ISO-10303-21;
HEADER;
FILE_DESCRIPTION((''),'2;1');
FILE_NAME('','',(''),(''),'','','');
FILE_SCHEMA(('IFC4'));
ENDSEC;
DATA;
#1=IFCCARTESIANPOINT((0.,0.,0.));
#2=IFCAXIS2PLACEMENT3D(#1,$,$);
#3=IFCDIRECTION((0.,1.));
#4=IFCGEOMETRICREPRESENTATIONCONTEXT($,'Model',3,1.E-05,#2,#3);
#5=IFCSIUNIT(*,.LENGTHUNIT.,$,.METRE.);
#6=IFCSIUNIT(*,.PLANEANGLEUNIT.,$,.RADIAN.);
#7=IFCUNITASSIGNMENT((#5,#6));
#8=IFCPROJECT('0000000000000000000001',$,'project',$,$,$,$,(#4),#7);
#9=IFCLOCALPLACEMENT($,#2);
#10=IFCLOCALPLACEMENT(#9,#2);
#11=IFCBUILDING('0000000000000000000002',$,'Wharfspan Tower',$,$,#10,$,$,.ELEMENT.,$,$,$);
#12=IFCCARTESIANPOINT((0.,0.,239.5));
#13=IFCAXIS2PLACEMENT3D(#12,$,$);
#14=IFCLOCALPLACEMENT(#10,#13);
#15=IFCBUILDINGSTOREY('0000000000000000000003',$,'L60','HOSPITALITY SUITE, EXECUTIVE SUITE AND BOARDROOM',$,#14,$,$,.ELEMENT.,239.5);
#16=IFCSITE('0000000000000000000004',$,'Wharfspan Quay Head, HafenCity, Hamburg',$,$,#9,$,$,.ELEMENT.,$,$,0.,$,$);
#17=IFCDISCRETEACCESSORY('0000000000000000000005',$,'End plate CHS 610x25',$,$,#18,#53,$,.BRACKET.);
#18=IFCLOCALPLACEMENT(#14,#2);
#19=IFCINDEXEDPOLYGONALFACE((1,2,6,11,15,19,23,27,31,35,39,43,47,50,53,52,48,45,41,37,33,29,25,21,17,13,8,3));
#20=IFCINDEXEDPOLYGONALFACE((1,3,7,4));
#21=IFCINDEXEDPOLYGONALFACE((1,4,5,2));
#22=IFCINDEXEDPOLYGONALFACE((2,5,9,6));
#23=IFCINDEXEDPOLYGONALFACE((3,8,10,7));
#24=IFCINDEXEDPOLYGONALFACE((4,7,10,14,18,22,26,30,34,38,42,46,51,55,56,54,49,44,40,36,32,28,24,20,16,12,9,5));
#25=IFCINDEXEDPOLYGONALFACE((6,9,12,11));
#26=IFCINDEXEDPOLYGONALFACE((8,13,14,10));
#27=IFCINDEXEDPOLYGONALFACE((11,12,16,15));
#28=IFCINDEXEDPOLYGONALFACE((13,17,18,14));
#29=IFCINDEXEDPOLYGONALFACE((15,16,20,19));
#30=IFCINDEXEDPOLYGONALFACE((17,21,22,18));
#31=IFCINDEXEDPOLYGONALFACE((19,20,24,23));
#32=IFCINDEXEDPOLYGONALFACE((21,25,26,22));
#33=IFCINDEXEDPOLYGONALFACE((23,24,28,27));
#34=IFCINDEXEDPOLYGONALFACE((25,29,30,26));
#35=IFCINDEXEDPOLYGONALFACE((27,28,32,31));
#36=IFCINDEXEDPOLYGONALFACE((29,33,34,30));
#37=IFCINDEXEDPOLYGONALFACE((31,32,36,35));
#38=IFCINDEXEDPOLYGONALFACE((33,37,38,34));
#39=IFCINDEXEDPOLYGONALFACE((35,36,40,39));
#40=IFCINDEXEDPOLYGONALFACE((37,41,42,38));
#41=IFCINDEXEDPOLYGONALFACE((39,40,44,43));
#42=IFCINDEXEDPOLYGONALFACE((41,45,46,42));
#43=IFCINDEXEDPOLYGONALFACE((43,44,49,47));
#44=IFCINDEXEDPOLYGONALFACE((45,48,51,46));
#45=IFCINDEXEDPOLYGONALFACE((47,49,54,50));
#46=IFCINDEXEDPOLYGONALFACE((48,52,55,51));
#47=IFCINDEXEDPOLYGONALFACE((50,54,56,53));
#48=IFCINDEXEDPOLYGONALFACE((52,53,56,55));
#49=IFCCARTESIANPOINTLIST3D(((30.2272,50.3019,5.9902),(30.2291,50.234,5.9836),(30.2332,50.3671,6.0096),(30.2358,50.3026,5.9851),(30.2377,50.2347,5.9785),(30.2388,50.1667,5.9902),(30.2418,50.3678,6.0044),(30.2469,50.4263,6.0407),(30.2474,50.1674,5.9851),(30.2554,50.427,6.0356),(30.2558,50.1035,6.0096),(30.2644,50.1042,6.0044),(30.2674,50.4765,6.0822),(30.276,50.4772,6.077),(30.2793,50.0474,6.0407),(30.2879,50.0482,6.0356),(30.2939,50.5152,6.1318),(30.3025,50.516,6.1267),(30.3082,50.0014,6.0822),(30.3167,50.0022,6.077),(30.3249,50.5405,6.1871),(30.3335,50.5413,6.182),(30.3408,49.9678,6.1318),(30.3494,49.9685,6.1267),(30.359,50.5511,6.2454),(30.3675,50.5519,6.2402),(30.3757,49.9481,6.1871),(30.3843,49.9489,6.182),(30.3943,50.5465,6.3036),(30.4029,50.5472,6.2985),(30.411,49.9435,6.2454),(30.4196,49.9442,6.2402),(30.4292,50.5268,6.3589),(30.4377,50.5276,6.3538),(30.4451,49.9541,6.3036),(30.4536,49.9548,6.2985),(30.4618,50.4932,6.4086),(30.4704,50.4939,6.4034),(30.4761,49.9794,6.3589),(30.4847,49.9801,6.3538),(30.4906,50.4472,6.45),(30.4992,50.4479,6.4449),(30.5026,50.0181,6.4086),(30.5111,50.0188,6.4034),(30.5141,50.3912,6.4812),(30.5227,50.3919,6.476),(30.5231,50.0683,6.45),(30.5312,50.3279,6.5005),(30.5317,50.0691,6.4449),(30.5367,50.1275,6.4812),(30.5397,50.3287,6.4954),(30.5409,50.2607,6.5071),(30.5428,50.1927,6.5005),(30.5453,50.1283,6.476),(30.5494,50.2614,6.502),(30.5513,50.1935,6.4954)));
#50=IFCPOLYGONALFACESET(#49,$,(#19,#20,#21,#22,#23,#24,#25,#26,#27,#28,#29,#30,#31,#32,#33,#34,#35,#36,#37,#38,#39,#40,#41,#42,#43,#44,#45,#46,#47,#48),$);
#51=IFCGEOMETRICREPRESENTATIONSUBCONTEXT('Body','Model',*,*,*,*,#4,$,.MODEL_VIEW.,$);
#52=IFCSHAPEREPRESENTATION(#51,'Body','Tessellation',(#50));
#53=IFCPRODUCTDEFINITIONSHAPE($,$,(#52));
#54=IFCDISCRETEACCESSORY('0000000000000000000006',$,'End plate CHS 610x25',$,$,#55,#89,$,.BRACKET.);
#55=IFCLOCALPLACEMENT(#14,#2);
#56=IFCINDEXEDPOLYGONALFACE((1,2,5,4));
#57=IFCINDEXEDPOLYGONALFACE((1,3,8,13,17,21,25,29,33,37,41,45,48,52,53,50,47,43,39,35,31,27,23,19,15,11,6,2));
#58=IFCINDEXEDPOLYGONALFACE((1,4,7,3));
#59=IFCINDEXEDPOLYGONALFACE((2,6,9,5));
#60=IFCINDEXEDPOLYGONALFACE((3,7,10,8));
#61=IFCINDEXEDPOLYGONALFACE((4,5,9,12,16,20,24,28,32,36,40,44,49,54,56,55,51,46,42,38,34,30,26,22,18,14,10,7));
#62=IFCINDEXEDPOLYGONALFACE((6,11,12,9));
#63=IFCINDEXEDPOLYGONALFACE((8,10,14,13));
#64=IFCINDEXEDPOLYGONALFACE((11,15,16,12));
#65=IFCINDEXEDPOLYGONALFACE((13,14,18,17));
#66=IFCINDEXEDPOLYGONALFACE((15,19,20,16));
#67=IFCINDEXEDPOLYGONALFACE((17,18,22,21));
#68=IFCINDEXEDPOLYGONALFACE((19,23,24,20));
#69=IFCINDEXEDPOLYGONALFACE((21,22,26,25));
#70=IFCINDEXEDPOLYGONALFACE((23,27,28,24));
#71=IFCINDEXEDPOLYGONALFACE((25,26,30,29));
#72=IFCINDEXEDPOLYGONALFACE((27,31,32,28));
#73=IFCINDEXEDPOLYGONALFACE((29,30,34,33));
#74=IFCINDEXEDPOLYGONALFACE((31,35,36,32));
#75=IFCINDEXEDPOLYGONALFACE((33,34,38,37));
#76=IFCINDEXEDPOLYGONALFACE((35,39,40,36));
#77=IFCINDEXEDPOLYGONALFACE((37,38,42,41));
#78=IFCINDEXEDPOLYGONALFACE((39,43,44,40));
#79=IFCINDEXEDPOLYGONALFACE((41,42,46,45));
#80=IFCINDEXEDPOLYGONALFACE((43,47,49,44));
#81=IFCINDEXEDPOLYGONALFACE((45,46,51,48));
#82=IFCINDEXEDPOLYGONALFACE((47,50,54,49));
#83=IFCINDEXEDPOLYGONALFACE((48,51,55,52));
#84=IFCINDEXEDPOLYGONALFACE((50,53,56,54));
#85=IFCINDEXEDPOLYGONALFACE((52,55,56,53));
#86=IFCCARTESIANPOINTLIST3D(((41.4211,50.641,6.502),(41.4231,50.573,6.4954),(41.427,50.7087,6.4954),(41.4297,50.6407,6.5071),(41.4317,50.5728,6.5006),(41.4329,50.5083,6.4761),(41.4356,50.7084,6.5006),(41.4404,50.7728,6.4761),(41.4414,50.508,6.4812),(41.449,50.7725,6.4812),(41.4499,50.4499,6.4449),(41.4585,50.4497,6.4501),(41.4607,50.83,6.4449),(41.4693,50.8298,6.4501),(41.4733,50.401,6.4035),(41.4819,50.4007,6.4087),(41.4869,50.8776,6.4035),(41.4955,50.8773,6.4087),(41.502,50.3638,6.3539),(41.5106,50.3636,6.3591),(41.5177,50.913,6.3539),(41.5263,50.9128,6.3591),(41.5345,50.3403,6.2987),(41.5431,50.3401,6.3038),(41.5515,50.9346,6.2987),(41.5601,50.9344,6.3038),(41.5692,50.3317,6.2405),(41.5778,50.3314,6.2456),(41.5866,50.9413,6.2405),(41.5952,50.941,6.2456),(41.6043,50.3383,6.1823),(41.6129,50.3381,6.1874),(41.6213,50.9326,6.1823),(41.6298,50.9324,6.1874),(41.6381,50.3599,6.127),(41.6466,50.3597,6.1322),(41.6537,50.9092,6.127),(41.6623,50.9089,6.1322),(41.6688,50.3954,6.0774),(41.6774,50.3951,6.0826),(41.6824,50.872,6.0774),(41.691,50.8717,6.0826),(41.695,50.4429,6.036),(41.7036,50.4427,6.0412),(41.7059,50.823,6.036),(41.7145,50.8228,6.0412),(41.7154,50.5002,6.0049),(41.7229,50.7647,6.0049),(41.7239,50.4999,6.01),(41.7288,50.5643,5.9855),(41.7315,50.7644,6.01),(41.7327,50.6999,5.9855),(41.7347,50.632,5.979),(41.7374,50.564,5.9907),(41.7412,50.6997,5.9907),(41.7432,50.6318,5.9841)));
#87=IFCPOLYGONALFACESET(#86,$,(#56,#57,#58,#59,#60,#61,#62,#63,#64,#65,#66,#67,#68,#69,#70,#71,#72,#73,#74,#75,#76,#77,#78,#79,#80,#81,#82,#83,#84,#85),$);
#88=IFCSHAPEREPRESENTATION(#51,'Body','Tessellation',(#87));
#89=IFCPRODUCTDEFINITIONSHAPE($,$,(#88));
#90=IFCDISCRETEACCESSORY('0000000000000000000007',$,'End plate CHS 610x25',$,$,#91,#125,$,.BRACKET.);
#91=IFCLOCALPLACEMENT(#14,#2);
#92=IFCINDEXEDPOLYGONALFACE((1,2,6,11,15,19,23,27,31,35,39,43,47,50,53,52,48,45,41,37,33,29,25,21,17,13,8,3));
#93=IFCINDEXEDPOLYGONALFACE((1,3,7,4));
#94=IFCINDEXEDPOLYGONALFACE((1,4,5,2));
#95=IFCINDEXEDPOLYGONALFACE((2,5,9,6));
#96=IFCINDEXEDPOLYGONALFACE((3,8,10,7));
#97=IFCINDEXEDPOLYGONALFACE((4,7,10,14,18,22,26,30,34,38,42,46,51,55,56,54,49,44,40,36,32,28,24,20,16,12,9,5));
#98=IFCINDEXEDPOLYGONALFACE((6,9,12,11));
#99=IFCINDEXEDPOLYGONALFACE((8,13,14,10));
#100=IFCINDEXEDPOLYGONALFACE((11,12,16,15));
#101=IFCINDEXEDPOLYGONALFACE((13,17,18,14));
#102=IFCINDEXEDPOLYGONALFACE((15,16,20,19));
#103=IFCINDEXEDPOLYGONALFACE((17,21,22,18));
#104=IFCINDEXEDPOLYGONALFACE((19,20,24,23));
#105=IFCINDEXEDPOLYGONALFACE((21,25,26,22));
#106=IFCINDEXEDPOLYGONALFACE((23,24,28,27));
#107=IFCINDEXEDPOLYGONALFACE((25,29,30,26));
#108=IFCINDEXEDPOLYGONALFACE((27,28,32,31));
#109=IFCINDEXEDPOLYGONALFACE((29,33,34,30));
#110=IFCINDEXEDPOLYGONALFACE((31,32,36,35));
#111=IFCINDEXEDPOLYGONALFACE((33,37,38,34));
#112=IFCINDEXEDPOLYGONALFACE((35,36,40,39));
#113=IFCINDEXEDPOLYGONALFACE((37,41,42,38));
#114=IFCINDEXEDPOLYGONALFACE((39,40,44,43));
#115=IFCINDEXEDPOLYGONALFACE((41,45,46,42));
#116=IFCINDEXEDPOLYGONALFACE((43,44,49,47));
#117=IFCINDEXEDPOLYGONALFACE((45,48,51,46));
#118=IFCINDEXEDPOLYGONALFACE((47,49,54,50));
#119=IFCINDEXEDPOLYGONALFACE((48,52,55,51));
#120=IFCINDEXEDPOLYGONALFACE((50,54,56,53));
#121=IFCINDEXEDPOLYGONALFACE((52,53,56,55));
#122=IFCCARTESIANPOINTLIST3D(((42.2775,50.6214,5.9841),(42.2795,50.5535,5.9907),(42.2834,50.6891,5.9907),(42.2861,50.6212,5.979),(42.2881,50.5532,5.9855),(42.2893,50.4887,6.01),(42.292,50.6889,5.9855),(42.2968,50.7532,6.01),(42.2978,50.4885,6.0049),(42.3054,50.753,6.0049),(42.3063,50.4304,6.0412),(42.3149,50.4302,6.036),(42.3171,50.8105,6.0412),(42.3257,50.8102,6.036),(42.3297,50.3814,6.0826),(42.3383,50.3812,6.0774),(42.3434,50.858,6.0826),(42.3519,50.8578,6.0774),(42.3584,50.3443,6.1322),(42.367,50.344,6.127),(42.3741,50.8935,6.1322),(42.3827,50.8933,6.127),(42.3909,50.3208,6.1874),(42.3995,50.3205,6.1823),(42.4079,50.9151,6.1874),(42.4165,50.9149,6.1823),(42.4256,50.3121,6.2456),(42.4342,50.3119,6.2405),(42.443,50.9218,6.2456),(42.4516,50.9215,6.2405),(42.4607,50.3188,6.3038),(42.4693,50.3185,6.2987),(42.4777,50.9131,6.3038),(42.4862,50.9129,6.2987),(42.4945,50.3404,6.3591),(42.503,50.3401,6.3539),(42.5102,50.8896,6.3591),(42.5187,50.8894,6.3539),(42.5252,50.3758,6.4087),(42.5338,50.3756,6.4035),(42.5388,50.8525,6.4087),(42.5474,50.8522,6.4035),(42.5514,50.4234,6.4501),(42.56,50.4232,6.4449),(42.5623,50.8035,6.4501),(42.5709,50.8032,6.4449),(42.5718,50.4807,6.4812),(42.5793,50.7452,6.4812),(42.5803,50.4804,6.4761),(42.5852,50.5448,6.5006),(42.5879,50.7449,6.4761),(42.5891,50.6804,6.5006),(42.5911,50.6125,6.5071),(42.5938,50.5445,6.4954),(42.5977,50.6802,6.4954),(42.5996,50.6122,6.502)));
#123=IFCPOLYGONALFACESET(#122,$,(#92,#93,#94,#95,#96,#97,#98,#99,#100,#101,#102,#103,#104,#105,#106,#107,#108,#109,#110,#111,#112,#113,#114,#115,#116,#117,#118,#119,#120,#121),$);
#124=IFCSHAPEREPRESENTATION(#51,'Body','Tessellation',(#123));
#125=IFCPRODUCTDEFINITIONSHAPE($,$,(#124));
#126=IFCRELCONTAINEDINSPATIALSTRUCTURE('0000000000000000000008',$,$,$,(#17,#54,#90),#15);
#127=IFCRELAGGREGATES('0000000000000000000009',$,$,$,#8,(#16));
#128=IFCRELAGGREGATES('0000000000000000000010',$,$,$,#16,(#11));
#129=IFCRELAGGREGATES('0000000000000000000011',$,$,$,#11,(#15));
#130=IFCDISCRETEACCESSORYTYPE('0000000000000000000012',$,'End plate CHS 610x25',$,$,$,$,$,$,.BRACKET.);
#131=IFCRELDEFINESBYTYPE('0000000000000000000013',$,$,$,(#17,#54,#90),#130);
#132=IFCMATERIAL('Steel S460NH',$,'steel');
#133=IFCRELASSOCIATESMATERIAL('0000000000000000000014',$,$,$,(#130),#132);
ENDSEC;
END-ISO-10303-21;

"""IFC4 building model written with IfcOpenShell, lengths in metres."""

from ifc_helpers import new_model, si_unit, direction, frame, origin, origin_2d, place, context, subcontext, project, spatial, circle, extrude, material, material_profile, profile_set, type_object, element, save


model = new_model("IFC4")

# Units and contexts
model_context = context("Model", 3, precision=1e-05, world=origin(), true_north=direction((0.0, 1.0)))
body_context = subcontext(model_context, "Body", "Model", "MODEL_VIEW")
ifc_project = project(units=[si_unit("LENGTHUNIT", "METRE"), si_unit("PLANEANGLEUNIT", "RADIAN")], contexts=[model_context])

# Site, building, storey
site_placement = place(None, origin())
site = spatial("IfcSite", under=ifc_project, at=site_placement, Name="Wharfspan Quay Head, HafenCity, Hamburg", CompositionType="ELEMENT", RefElevation=0.0)
building_placement = place(site_placement, origin())
building = spatial("IfcBuilding", under=site, at=building_placement, Name="Wharfspan Tower", CompositionType="ELEMENT")
storey_placement = place(building_placement, frame((0.0, 0.0, 239.5)))
storey = spatial("IfcBuildingStorey", under=building, at=storey_placement, Name="L60", Description="HOSPITALITY SUITE, EXECUTIVE SUITE AND BOARDROOM", CompositionType="ELEMENT", Elevation=239.5)

# Shared definitions
ifc_material_1 = material(Name="Steel S460NH", Category="steel")

# Discrete accessories
ifc_material_profile_1 = material_profile(ifc_material_1, circle(Radius=0.3049, at=origin_2d()))
ifc_profile_set_1 = profile_set([ifc_material_profile_1], Name="Steel S460NH")
discrete_accessory_type = type_object("IfcDiscreteAccessoryType", Name="End plate CHS 610x25", PredefinedType="BRACKET", material=ifc_profile_set_1)
for number, where, z_axis, x_axis, name in (
    (1, (30.3936, 50.248, 6.2402), (-0.855186, -0.073302, 0.513112), (0.085402, -0.996345, 0.000001), "End plate CHS 610x25"),
    (2, (41.5779, 50.6365, 6.2405), (0.857236, -0.024492, 0.514341), (0.028558, 0.999591, 0.000002), "End plate CHS 610x25"),
    (3, (42.4429, 50.6167, 6.2405), (-0.857236, 0.024492, 0.514341), (-0.028558, -0.999591, 0.000002), "End plate CHS 610x25"),
):
    element("IfcDiscreteAccessory", number, at=place(storey_placement, frame(where, z_axis=z_axis, x_axis=x_axis)), inside=storey, type_object=discrete_accessory_type, Name=name, PredefinedType="BRACKET", context=body_context, shape_type="SweptSolid", body=[
        extrude(circle(Radius=0.3049, at=origin_2d()), origin(), (0.0, 0.0, 1.0), 0.01),
    ])

save(model, "model.ifc")
